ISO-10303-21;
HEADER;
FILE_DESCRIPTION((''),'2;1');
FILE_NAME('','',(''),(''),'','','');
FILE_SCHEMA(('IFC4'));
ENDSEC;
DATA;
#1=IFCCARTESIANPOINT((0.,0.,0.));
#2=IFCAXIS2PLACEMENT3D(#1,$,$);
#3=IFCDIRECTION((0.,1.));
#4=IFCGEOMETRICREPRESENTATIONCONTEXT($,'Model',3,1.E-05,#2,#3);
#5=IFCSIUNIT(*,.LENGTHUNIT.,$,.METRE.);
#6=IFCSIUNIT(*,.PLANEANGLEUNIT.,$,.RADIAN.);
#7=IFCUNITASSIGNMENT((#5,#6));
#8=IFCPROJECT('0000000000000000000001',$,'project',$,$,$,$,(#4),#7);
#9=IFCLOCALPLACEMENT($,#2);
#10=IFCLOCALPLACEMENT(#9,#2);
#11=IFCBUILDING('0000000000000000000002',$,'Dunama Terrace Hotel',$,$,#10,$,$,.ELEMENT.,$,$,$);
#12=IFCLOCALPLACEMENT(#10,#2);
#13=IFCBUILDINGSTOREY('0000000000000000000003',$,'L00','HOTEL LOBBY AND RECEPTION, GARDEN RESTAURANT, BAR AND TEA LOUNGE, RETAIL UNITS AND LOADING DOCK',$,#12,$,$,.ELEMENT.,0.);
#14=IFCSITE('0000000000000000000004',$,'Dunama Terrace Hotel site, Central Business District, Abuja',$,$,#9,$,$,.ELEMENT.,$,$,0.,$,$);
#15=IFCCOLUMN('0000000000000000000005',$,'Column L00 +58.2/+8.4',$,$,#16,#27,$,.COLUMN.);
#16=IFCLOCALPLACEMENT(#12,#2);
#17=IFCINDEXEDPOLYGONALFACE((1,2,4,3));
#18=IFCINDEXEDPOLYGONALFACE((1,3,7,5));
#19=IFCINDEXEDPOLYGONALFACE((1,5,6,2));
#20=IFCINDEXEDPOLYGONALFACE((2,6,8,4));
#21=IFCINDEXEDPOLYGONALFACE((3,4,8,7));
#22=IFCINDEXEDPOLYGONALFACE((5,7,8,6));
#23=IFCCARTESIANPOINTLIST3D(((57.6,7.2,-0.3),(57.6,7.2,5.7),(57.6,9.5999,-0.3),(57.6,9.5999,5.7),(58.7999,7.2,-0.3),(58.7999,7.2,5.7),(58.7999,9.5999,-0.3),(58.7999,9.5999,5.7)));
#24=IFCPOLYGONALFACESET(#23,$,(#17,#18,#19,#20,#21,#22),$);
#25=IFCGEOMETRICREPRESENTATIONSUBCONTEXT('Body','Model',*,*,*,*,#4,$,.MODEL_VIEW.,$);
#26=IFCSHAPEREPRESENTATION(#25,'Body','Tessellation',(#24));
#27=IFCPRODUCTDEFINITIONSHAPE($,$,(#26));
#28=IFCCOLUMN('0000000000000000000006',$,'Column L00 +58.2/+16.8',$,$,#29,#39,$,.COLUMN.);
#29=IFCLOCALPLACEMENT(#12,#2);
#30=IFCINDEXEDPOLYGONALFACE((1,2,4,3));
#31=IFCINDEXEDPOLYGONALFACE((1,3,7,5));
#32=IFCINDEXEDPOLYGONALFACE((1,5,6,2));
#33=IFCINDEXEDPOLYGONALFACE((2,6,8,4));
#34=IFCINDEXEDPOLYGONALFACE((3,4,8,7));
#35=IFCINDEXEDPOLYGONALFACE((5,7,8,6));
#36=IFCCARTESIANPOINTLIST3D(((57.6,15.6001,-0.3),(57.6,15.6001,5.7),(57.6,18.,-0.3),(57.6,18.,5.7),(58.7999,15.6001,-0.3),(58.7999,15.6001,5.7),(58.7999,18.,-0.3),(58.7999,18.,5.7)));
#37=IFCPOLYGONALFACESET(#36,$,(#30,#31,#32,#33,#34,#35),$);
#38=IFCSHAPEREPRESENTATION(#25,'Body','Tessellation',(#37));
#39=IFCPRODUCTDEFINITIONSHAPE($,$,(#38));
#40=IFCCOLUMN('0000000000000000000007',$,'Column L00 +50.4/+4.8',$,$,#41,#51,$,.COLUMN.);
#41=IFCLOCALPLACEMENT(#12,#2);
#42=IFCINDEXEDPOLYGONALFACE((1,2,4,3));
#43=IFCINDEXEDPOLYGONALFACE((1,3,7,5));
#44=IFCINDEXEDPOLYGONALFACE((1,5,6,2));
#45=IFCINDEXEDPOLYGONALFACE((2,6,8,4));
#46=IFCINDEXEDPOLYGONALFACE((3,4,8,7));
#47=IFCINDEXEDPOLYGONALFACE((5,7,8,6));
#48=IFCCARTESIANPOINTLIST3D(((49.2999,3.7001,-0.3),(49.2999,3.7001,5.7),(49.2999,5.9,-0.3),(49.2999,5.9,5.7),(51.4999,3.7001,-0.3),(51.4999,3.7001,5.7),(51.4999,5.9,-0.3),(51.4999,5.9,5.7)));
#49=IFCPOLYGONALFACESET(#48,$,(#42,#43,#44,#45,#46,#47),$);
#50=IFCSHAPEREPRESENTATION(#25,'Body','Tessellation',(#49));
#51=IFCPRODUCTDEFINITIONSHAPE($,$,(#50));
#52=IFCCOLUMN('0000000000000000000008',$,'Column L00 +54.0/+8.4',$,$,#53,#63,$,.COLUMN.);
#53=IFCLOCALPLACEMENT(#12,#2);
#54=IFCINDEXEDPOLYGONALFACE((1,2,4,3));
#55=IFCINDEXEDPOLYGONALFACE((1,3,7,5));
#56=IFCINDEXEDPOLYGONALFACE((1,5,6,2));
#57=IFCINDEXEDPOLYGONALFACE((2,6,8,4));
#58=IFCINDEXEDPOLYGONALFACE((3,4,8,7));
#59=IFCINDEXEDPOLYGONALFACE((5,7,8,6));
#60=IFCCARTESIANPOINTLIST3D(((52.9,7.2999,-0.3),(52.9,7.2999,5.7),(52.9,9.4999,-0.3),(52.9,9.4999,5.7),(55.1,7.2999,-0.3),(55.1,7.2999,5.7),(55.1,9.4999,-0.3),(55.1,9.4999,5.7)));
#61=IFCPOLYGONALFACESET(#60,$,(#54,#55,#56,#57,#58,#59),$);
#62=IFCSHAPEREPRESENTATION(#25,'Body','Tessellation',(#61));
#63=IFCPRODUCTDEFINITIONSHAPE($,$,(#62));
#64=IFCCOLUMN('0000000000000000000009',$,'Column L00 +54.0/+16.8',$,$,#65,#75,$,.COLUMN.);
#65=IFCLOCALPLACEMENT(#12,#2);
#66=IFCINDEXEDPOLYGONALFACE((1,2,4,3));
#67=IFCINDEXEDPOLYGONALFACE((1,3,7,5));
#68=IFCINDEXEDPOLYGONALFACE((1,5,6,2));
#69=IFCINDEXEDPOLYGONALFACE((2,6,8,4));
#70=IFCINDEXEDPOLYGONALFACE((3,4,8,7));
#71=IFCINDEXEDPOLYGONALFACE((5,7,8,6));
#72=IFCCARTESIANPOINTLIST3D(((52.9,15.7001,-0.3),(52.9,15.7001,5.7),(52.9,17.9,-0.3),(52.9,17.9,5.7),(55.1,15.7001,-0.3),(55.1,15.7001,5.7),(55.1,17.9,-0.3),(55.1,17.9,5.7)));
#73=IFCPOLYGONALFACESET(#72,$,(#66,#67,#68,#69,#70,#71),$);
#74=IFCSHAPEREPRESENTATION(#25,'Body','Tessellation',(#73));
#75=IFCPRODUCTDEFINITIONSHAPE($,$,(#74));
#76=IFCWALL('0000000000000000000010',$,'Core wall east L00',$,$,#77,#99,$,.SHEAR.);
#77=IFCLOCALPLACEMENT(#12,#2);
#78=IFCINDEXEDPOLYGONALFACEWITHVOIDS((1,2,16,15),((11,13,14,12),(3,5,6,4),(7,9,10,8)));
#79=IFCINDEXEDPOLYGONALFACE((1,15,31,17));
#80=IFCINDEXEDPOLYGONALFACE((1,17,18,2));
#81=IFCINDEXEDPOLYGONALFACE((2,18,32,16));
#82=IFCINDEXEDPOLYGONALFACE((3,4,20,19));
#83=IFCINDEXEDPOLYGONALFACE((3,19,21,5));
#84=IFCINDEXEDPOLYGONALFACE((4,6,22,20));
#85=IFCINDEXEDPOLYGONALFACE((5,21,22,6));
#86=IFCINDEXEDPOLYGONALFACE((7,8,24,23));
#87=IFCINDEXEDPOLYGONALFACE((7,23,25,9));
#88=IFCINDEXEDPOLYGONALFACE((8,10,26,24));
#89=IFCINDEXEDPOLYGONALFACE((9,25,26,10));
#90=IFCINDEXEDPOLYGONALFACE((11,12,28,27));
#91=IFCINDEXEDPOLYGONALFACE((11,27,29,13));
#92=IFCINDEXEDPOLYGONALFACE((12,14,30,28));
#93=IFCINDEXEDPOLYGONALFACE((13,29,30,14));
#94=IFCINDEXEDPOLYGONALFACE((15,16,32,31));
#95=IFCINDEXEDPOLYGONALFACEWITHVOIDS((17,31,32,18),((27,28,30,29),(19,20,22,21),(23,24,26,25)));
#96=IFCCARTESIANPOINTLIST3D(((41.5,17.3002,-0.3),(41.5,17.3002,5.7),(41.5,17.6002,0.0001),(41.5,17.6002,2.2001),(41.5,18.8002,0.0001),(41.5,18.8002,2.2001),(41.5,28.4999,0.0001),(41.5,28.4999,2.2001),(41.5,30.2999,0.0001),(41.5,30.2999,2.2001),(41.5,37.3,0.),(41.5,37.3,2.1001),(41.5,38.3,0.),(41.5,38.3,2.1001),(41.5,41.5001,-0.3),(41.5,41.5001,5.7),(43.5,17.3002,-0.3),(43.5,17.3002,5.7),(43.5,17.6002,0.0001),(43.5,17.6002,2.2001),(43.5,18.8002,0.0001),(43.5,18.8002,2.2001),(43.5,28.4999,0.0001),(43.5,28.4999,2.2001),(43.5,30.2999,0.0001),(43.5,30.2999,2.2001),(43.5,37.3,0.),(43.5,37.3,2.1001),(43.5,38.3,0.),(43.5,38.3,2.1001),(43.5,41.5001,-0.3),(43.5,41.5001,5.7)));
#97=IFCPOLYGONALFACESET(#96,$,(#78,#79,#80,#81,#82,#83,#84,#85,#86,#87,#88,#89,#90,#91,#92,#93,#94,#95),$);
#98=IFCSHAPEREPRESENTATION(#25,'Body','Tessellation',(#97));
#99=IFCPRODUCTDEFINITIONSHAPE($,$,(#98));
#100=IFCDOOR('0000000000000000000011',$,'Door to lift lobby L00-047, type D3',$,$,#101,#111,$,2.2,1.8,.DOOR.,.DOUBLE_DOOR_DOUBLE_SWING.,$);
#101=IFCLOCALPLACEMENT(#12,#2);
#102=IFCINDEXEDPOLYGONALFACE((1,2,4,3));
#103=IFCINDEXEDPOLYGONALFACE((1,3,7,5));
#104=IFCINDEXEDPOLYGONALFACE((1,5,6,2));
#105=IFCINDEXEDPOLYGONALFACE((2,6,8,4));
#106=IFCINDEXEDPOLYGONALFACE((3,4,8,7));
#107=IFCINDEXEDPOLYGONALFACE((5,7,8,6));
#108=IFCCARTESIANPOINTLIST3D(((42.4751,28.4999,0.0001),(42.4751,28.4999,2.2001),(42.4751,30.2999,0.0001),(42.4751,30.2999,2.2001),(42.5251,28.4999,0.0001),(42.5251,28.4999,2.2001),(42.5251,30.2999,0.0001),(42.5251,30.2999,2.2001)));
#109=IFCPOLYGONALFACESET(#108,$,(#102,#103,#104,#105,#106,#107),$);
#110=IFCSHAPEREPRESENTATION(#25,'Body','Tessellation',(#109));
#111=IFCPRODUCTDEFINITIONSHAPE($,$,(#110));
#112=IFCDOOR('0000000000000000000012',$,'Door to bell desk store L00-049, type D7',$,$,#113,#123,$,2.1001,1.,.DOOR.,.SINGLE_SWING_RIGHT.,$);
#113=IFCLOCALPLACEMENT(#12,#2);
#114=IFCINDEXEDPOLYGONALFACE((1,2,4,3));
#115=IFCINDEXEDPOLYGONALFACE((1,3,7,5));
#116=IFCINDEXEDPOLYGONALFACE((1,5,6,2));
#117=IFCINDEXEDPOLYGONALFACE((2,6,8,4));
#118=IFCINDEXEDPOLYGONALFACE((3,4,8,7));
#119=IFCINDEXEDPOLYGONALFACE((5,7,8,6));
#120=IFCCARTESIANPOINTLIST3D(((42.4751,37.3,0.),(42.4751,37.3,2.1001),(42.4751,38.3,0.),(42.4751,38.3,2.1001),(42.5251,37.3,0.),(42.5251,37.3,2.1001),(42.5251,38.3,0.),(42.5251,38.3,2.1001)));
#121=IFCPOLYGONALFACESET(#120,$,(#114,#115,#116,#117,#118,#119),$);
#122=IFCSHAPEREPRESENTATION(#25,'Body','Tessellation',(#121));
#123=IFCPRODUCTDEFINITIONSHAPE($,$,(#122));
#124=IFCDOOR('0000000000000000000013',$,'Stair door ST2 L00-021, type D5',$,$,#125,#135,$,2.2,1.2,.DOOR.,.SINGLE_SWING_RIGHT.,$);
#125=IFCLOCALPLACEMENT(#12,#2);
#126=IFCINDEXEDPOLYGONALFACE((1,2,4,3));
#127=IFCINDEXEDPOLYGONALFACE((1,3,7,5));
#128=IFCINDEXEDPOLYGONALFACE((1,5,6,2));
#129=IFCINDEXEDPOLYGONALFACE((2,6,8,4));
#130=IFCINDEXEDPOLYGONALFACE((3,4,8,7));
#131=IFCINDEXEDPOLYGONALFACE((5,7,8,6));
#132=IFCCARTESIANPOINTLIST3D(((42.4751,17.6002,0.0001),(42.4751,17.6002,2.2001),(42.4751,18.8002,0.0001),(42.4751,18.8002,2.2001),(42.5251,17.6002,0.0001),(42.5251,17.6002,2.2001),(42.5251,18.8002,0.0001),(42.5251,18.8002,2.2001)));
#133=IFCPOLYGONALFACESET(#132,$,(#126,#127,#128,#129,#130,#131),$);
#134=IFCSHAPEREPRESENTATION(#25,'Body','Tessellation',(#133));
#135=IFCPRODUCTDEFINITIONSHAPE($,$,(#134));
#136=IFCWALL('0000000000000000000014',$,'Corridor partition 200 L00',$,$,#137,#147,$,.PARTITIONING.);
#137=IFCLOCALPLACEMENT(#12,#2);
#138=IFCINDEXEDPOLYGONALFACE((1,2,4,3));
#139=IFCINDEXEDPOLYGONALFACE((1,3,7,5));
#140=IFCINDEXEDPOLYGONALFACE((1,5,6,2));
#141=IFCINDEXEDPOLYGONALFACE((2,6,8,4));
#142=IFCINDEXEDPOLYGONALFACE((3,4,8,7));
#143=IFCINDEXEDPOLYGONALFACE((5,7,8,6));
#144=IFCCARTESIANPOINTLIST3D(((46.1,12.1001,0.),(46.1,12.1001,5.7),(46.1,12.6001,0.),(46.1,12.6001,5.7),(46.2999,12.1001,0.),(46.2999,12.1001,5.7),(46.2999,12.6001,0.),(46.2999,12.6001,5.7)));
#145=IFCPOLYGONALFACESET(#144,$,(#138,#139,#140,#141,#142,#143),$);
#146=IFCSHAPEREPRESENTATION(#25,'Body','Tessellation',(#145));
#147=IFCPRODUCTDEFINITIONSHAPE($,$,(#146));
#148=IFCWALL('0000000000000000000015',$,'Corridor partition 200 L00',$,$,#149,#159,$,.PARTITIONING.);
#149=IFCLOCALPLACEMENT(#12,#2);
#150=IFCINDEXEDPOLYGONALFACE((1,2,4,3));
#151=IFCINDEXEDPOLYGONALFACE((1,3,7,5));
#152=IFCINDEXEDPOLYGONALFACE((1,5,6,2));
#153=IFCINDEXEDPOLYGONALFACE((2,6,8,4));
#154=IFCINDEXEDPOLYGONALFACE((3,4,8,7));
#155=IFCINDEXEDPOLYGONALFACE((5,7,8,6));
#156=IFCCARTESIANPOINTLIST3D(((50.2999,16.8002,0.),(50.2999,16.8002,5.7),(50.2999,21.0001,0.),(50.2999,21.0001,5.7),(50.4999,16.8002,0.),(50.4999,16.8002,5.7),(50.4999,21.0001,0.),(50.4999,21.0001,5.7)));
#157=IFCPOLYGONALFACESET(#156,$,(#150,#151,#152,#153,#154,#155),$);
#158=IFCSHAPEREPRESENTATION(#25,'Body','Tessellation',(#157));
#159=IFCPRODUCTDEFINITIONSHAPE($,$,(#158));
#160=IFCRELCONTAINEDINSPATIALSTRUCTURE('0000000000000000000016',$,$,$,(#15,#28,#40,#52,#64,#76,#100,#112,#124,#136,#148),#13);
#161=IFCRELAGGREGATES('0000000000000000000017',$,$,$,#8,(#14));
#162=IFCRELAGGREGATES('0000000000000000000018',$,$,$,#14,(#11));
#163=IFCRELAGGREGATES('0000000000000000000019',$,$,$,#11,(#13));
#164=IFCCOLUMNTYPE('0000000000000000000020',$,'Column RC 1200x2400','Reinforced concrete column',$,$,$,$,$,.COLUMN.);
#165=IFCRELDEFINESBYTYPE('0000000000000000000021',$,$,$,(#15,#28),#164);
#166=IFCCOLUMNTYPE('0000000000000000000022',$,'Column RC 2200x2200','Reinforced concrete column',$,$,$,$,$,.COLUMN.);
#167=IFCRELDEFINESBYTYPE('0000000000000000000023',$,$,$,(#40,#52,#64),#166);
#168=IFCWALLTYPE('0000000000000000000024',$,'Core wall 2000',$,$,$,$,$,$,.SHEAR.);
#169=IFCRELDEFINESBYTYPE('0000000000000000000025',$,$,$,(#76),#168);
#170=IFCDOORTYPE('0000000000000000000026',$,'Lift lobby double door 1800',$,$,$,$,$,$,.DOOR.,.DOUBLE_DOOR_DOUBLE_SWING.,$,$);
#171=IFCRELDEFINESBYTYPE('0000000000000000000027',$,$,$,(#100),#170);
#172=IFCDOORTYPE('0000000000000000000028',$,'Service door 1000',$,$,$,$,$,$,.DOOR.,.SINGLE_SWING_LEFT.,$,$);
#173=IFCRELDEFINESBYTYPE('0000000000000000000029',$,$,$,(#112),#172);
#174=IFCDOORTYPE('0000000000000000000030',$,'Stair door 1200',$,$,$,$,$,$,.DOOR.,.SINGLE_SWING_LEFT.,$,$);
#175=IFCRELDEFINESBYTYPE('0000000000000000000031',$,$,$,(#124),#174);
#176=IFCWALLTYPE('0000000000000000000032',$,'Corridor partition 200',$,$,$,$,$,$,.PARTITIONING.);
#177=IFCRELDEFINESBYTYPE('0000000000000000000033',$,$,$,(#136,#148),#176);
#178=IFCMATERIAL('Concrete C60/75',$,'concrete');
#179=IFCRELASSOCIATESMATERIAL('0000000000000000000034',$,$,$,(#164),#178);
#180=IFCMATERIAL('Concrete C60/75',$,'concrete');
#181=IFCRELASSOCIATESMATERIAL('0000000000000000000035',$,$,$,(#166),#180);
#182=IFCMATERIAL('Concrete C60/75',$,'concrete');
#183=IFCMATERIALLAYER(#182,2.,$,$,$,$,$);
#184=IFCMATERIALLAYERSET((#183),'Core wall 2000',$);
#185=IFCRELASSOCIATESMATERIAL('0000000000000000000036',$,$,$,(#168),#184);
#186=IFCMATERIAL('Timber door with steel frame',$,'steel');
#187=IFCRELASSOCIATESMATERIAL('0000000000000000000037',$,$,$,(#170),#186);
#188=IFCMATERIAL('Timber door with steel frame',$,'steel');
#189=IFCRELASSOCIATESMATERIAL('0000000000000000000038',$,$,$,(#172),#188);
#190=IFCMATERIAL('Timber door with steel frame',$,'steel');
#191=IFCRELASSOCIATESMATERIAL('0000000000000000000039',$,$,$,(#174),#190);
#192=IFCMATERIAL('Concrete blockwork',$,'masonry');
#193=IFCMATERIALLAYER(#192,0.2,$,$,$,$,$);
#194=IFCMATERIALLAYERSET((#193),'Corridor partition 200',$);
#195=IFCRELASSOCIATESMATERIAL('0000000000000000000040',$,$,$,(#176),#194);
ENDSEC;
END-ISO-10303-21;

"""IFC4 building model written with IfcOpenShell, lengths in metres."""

from ifc_helpers import new_model, si_unit, direction, frame, frame_2d, origin, origin_2d, place, context, subcontext, project, spatial, rectangle, extrude, material, layer, layer_set, material_profile, profile_set, type_object, element, fill, save


model = new_model("IFC4")

# Units and contexts
model_context = context("Model", 3, precision=1e-05, world=origin(), true_north=direction((0.0, 1.0)))
body_context = subcontext(model_context, "Body", "Model", "MODEL_VIEW")
ifc_project = project(units=[si_unit("LENGTHUNIT", "METRE"), si_unit("PLANEANGLEUNIT", "RADIAN")], contexts=[model_context])

# Site, building, storey
site_placement = place(None, origin())
site = spatial("IfcSite", under=ifc_project, at=site_placement, Name="Dunama Terrace Hotel site, Central Business District, Abuja", CompositionType="ELEMENT", RefElevation=0.0)
building_placement = place(site_placement, origin())
building = spatial("IfcBuilding", under=site, at=building_placement, Name="Dunama Terrace Hotel", CompositionType="ELEMENT")
storey_placement = place(building_placement, origin())
storey = spatial("IfcBuildingStorey", under=building, at=storey_placement, Name="L00", Description="HOTEL LOBBY AND RECEPTION, GARDEN RESTAURANT, BAR AND TEA LOUNGE, RETAIL UNITS AND LOADING DOCK", CompositionType="ELEMENT", Elevation=0.0)

# Columns
ifc_material_1 = material(Name="Concrete C60/75", Category="concrete")
ifc_material_profile_1 = material_profile(ifc_material_1, rectangle(XDim=1.2, YDim=2.3999, at=origin_2d()), Name="RC 1200x2400")
ifc_profile_set_1 = profile_set([ifc_material_profile_1], Name="Concrete C60/75")
column_type_1 = type_object("IfcColumnType", Name="Column RC 1200x2400", Description="Reinforced concrete column", PredefinedType="COLUMN", material=ifc_profile_set_1)
for number, where, z_axis, x_axis, name in (
    (1, (58.2, 8.3999, -0.3), (0.0, 0.0, 1.0), (1.0, 0.0, 0.0), "Column L00 +58.2/+8.4"),
    (2, (58.2, 16.8, -0.3), (0.0, 0.0, 1.0), (1.0, 0.0, 0.0), "Column L00 +58.2/+16.8"),
):
    element("IfcColumn", number, at=place(storey_placement, frame(where, z_axis=z_axis, x_axis=x_axis)), inside=storey, type_object=column_type_1, Name=name, PredefinedType="COLUMN", context=body_context, shape_type="SweptSolid", body=[
        extrude(rectangle(XDim=1.2, YDim=2.3999, at=origin_2d()), origin(), (0.0, 0.0, 1.0), 6.0),
    ])
ifc_material_2 = material(Name="Concrete C60/75", Category="concrete")
ifc_material_profile_2 = material_profile(ifc_material_2, rectangle(XDim=2.2, YDim=2.2, at=origin_2d()), Name="RC 2200x2200")
ifc_profile_set_2 = profile_set([ifc_material_profile_2], Name="Concrete C60/75")
column_type_2 = type_object("IfcColumnType", Name="Column RC 2200x2200", Description="Reinforced concrete column", PredefinedType="COLUMN", material=ifc_profile_set_2)
for number, where, z_axis, x_axis, name in (
    (3, (50.3999, 4.8, -0.3), (0.0, 0.0, 1.0), (1.0, 0.0, 0.0), "Column L00 +50.4/+4.8"),
    (4, (54.0, 8.3999, -0.3), (0.0, 0.0, 1.0), (1.0, 0.0, 0.0), "Column L00 +54.0/+8.4"),
    (5, (54.0, 16.8, -0.3), (0.0, 0.0, 1.0), (1.0, 0.0, 0.0), "Column L00 +54.0/+16.8"),
):
    element("IfcColumn", number, at=place(storey_placement, frame(where, z_axis=z_axis, x_axis=x_axis)), inside=storey, type_object=column_type_2, Name=name, PredefinedType="COLUMN", context=body_context, shape_type="SweptSolid", body=[
        extrude(rectangle(XDim=2.2, YDim=2.2, at=origin_2d()), origin(), (0.0, 0.0, 1.0), 6.0),
    ])

# Wall, openings, doors
ifc_material_3 = material(Name="Concrete C60/75", Category="concrete")
ifc_layer_1 = layer(ifc_material_3, 2.0)
ifc_layer_set_1 = layer_set([ifc_layer_1], Name="Core wall 2000")
wall_type_1 = type_object("IfcWallType", Name="Core wall 2000", PredefinedType="SHEAR", material=ifc_layer_set_1)
wall_1_placement = place(storey_placement, frame((42.5, 17.3, -0.3), z_axis=(0.0, 0.0, 1.0), x_axis=(0.0, 1.0, 0.0)))
wall_1 = element("IfcWall", 6, at=wall_1_placement, inside=storey, type_object=wall_type_1, Name="Core wall east L00", PredefinedType="SHEAR", context=body_context, shape_type="SweptSolid", body=[
    extrude(rectangle(XDim=24.2, YDim=2.0, at=frame_2d((12.1001, 0.0))), origin(), (0.0, 0.0, 1.0), 6.0),
])
opening_1_placement = place(wall_1_placement, frame((0.3, 0.0, 0.3)))
opening_1 = element("IfcOpeningElement", 7, at=opening_1_placement, cuts=wall_1, PredefinedType="OPENING", context=body_context, shape_type="SweptSolid", body=[
    extrude(rectangle(XDim=1.2, YDim=2.2, at=frame_2d((0.6001, 1.1001))), frame((0.0, 1.01, 0.0), z_axis=(0.0, -1.0, 0.0), x_axis=(1.0, 0.0, 0.0)), (0.0, 0.0, 1.0), 2.02),
])
opening_2_placement = place(wall_1_placement, frame((11.2, 0.0, 0.3)))
opening_2 = element("IfcOpeningElement", 8, at=opening_2_placement, cuts=wall_1, PredefinedType="OPENING", context=body_context, shape_type="SweptSolid", body=[
    extrude(rectangle(XDim=1.8, YDim=2.2, at=frame_2d((0.8999, 1.1001))), frame((0.0, 1.01, 0.0), z_axis=(0.0, -1.0, 0.0), x_axis=(1.0, 0.0, 0.0)), (0.0, 0.0, 1.0), 2.02),
])
opening_3_placement = place(wall_1_placement, frame((20.0, 0.0, 0.3)))
opening_3 = element("IfcOpeningElement", 9, at=opening_3_placement, cuts=wall_1, PredefinedType="OPENING", context=body_context, shape_type="SweptSolid", body=[
    extrude(rectangle(XDim=1.0, YDim=2.1001, at=frame_2d((0.5, 1.05))), frame((0.0, 1.01, 0.0), z_axis=(0.0, -1.0, 0.0), x_axis=(1.0, 0.0, 0.0)), (0.0, 0.0, 1.0), 2.02),
])
ifc_material_4 = material(Name="Timber door with steel frame", Category="steel")
door_type_1 = type_object("IfcDoorType", Name="Lift lobby double door 1800", OperationType="DOUBLE_DOOR_DOUBLE_SWING", PredefinedType="DOOR", material=ifc_material_4)
door_1_placement = place(opening_2_placement, origin())
door_1 = element("IfcDoor", 10, at=door_1_placement, inside=storey, type_object=door_type_1, Name="Door to lift lobby L00-047, type D3", OperationType="DOUBLE_DOOR_DOUBLE_SWING", OverallHeight=2.2, OverallWidth=1.8, PredefinedType="DOOR", context=body_context, shape_type="SweptSolid", body=[
    extrude(rectangle(XDim=1.8, YDim=2.2, at=frame_2d((0.8999, 1.1001))), frame((0.0, 0.0249, 0.0), z_axis=(0.0, -1.0, 0.0), x_axis=(1.0, 0.0, 0.0)), (0.0, 0.0, 1.0), 0.05),
])
fill(opening_2, door_1)
ifc_material_5 = material(Name="Timber door with steel frame", Category="steel")
door_type_2 = type_object("IfcDoorType", Name="Service door 1000", OperationType="SINGLE_SWING_LEFT", PredefinedType="DOOR", material=ifc_material_5)
door_2_placement = place(opening_3_placement, origin())
door_2 = element("IfcDoor", 11, at=door_2_placement, inside=storey, type_object=door_type_2, Name="Door to bell desk store L00-049, type D7", OperationType="SINGLE_SWING_RIGHT", OverallHeight=2.1001, OverallWidth=1.0, PredefinedType="DOOR", context=body_context, shape_type="SweptSolid", body=[
    extrude(rectangle(XDim=1.0, YDim=2.1001, at=frame_2d((0.5, 1.05))), frame((0.0, 0.0249, 0.0), z_axis=(0.0, -1.0, 0.0), x_axis=(1.0, 0.0, 0.0)), (0.0, 0.0, 1.0), 0.05),
])
fill(opening_3, door_2)
ifc_material_6 = material(Name="Timber door with steel frame", Category="steel")
door_type_3 = type_object("IfcDoorType", Name="Stair door 1200", OperationType="SINGLE_SWING_LEFT", PredefinedType="DOOR", material=ifc_material_6)
door_3_placement = place(opening_1_placement, frame((1.2, 0.0, 0.0), z_axis=(0.0, 0.0, 1.0), x_axis=(-1.0, 0.0, 0.0)))
door_3 = element("IfcDoor", 12, at=door_3_placement, inside=storey, type_object=door_type_3, Name="Stair door ST2 L00-021, type D5", OperationType="SINGLE_SWING_RIGHT", OverallHeight=2.2, OverallWidth=1.2, PredefinedType="DOOR", context=body_context, shape_type="SweptSolid", body=[
    extrude(rectangle(XDim=1.2, YDim=2.2, at=frame_2d((0.5999, 1.1001))), frame((0.0, 0.0251, 0.0), z_axis=(0.0, -1.0, 0.0), x_axis=(1.0, 0.0, 0.0)), (0.0, 0.0, 1.0), 0.05),
])
fill(opening_1, door_3)

# Walls
ifc_material_7 = material(Name="Concrete blockwork", Category="masonry")
ifc_layer_2 = layer(ifc_material_7, 0.2)
ifc_layer_set_2 = layer_set([ifc_layer_2], Name="Corridor partition 200")
wall_type_2 = type_object("IfcWallType", Name="Corridor partition 200", PredefinedType="PARTITIONING", material=ifc_layer_set_2)
wall_2_placement = place(storey_placement, frame((46.2, 12.1001, 0.0), z_axis=(0.0, 0.0, 1.0), x_axis=(0.0, 1.0, 0.0)))
element("IfcWall", 13, at=wall_2_placement, inside=storey, type_object=wall_type_2, Name="Corridor partition 200 L00", PredefinedType="PARTITIONING", context=body_context, shape_type="SweptSolid", body=[
    extrude(rectangle(XDim=0.5, YDim=0.2, at=frame_2d((0.25, 0.0))), origin(), (0.0, 0.0, 1.0), 5.7),
])
wall_3_placement = place(storey_placement, frame((50.3999, 16.8, 0.0), z_axis=(0.0, 0.0, 1.0), x_axis=(0.0, 1.0, 0.0)))
element("IfcWall", 14, at=wall_3_placement, inside=storey, type_object=wall_type_2, Name="Corridor partition 200 L00", PredefinedType="PARTITIONING", context=body_context, shape_type="SweptSolid", body=[
    extrude(rectangle(XDim=4.2, YDim=0.2, at=frame_2d((2.1001, 0.0))), origin(), (0.0, 0.0, 1.0), 5.7),
])

save(model, "model.ifc")
